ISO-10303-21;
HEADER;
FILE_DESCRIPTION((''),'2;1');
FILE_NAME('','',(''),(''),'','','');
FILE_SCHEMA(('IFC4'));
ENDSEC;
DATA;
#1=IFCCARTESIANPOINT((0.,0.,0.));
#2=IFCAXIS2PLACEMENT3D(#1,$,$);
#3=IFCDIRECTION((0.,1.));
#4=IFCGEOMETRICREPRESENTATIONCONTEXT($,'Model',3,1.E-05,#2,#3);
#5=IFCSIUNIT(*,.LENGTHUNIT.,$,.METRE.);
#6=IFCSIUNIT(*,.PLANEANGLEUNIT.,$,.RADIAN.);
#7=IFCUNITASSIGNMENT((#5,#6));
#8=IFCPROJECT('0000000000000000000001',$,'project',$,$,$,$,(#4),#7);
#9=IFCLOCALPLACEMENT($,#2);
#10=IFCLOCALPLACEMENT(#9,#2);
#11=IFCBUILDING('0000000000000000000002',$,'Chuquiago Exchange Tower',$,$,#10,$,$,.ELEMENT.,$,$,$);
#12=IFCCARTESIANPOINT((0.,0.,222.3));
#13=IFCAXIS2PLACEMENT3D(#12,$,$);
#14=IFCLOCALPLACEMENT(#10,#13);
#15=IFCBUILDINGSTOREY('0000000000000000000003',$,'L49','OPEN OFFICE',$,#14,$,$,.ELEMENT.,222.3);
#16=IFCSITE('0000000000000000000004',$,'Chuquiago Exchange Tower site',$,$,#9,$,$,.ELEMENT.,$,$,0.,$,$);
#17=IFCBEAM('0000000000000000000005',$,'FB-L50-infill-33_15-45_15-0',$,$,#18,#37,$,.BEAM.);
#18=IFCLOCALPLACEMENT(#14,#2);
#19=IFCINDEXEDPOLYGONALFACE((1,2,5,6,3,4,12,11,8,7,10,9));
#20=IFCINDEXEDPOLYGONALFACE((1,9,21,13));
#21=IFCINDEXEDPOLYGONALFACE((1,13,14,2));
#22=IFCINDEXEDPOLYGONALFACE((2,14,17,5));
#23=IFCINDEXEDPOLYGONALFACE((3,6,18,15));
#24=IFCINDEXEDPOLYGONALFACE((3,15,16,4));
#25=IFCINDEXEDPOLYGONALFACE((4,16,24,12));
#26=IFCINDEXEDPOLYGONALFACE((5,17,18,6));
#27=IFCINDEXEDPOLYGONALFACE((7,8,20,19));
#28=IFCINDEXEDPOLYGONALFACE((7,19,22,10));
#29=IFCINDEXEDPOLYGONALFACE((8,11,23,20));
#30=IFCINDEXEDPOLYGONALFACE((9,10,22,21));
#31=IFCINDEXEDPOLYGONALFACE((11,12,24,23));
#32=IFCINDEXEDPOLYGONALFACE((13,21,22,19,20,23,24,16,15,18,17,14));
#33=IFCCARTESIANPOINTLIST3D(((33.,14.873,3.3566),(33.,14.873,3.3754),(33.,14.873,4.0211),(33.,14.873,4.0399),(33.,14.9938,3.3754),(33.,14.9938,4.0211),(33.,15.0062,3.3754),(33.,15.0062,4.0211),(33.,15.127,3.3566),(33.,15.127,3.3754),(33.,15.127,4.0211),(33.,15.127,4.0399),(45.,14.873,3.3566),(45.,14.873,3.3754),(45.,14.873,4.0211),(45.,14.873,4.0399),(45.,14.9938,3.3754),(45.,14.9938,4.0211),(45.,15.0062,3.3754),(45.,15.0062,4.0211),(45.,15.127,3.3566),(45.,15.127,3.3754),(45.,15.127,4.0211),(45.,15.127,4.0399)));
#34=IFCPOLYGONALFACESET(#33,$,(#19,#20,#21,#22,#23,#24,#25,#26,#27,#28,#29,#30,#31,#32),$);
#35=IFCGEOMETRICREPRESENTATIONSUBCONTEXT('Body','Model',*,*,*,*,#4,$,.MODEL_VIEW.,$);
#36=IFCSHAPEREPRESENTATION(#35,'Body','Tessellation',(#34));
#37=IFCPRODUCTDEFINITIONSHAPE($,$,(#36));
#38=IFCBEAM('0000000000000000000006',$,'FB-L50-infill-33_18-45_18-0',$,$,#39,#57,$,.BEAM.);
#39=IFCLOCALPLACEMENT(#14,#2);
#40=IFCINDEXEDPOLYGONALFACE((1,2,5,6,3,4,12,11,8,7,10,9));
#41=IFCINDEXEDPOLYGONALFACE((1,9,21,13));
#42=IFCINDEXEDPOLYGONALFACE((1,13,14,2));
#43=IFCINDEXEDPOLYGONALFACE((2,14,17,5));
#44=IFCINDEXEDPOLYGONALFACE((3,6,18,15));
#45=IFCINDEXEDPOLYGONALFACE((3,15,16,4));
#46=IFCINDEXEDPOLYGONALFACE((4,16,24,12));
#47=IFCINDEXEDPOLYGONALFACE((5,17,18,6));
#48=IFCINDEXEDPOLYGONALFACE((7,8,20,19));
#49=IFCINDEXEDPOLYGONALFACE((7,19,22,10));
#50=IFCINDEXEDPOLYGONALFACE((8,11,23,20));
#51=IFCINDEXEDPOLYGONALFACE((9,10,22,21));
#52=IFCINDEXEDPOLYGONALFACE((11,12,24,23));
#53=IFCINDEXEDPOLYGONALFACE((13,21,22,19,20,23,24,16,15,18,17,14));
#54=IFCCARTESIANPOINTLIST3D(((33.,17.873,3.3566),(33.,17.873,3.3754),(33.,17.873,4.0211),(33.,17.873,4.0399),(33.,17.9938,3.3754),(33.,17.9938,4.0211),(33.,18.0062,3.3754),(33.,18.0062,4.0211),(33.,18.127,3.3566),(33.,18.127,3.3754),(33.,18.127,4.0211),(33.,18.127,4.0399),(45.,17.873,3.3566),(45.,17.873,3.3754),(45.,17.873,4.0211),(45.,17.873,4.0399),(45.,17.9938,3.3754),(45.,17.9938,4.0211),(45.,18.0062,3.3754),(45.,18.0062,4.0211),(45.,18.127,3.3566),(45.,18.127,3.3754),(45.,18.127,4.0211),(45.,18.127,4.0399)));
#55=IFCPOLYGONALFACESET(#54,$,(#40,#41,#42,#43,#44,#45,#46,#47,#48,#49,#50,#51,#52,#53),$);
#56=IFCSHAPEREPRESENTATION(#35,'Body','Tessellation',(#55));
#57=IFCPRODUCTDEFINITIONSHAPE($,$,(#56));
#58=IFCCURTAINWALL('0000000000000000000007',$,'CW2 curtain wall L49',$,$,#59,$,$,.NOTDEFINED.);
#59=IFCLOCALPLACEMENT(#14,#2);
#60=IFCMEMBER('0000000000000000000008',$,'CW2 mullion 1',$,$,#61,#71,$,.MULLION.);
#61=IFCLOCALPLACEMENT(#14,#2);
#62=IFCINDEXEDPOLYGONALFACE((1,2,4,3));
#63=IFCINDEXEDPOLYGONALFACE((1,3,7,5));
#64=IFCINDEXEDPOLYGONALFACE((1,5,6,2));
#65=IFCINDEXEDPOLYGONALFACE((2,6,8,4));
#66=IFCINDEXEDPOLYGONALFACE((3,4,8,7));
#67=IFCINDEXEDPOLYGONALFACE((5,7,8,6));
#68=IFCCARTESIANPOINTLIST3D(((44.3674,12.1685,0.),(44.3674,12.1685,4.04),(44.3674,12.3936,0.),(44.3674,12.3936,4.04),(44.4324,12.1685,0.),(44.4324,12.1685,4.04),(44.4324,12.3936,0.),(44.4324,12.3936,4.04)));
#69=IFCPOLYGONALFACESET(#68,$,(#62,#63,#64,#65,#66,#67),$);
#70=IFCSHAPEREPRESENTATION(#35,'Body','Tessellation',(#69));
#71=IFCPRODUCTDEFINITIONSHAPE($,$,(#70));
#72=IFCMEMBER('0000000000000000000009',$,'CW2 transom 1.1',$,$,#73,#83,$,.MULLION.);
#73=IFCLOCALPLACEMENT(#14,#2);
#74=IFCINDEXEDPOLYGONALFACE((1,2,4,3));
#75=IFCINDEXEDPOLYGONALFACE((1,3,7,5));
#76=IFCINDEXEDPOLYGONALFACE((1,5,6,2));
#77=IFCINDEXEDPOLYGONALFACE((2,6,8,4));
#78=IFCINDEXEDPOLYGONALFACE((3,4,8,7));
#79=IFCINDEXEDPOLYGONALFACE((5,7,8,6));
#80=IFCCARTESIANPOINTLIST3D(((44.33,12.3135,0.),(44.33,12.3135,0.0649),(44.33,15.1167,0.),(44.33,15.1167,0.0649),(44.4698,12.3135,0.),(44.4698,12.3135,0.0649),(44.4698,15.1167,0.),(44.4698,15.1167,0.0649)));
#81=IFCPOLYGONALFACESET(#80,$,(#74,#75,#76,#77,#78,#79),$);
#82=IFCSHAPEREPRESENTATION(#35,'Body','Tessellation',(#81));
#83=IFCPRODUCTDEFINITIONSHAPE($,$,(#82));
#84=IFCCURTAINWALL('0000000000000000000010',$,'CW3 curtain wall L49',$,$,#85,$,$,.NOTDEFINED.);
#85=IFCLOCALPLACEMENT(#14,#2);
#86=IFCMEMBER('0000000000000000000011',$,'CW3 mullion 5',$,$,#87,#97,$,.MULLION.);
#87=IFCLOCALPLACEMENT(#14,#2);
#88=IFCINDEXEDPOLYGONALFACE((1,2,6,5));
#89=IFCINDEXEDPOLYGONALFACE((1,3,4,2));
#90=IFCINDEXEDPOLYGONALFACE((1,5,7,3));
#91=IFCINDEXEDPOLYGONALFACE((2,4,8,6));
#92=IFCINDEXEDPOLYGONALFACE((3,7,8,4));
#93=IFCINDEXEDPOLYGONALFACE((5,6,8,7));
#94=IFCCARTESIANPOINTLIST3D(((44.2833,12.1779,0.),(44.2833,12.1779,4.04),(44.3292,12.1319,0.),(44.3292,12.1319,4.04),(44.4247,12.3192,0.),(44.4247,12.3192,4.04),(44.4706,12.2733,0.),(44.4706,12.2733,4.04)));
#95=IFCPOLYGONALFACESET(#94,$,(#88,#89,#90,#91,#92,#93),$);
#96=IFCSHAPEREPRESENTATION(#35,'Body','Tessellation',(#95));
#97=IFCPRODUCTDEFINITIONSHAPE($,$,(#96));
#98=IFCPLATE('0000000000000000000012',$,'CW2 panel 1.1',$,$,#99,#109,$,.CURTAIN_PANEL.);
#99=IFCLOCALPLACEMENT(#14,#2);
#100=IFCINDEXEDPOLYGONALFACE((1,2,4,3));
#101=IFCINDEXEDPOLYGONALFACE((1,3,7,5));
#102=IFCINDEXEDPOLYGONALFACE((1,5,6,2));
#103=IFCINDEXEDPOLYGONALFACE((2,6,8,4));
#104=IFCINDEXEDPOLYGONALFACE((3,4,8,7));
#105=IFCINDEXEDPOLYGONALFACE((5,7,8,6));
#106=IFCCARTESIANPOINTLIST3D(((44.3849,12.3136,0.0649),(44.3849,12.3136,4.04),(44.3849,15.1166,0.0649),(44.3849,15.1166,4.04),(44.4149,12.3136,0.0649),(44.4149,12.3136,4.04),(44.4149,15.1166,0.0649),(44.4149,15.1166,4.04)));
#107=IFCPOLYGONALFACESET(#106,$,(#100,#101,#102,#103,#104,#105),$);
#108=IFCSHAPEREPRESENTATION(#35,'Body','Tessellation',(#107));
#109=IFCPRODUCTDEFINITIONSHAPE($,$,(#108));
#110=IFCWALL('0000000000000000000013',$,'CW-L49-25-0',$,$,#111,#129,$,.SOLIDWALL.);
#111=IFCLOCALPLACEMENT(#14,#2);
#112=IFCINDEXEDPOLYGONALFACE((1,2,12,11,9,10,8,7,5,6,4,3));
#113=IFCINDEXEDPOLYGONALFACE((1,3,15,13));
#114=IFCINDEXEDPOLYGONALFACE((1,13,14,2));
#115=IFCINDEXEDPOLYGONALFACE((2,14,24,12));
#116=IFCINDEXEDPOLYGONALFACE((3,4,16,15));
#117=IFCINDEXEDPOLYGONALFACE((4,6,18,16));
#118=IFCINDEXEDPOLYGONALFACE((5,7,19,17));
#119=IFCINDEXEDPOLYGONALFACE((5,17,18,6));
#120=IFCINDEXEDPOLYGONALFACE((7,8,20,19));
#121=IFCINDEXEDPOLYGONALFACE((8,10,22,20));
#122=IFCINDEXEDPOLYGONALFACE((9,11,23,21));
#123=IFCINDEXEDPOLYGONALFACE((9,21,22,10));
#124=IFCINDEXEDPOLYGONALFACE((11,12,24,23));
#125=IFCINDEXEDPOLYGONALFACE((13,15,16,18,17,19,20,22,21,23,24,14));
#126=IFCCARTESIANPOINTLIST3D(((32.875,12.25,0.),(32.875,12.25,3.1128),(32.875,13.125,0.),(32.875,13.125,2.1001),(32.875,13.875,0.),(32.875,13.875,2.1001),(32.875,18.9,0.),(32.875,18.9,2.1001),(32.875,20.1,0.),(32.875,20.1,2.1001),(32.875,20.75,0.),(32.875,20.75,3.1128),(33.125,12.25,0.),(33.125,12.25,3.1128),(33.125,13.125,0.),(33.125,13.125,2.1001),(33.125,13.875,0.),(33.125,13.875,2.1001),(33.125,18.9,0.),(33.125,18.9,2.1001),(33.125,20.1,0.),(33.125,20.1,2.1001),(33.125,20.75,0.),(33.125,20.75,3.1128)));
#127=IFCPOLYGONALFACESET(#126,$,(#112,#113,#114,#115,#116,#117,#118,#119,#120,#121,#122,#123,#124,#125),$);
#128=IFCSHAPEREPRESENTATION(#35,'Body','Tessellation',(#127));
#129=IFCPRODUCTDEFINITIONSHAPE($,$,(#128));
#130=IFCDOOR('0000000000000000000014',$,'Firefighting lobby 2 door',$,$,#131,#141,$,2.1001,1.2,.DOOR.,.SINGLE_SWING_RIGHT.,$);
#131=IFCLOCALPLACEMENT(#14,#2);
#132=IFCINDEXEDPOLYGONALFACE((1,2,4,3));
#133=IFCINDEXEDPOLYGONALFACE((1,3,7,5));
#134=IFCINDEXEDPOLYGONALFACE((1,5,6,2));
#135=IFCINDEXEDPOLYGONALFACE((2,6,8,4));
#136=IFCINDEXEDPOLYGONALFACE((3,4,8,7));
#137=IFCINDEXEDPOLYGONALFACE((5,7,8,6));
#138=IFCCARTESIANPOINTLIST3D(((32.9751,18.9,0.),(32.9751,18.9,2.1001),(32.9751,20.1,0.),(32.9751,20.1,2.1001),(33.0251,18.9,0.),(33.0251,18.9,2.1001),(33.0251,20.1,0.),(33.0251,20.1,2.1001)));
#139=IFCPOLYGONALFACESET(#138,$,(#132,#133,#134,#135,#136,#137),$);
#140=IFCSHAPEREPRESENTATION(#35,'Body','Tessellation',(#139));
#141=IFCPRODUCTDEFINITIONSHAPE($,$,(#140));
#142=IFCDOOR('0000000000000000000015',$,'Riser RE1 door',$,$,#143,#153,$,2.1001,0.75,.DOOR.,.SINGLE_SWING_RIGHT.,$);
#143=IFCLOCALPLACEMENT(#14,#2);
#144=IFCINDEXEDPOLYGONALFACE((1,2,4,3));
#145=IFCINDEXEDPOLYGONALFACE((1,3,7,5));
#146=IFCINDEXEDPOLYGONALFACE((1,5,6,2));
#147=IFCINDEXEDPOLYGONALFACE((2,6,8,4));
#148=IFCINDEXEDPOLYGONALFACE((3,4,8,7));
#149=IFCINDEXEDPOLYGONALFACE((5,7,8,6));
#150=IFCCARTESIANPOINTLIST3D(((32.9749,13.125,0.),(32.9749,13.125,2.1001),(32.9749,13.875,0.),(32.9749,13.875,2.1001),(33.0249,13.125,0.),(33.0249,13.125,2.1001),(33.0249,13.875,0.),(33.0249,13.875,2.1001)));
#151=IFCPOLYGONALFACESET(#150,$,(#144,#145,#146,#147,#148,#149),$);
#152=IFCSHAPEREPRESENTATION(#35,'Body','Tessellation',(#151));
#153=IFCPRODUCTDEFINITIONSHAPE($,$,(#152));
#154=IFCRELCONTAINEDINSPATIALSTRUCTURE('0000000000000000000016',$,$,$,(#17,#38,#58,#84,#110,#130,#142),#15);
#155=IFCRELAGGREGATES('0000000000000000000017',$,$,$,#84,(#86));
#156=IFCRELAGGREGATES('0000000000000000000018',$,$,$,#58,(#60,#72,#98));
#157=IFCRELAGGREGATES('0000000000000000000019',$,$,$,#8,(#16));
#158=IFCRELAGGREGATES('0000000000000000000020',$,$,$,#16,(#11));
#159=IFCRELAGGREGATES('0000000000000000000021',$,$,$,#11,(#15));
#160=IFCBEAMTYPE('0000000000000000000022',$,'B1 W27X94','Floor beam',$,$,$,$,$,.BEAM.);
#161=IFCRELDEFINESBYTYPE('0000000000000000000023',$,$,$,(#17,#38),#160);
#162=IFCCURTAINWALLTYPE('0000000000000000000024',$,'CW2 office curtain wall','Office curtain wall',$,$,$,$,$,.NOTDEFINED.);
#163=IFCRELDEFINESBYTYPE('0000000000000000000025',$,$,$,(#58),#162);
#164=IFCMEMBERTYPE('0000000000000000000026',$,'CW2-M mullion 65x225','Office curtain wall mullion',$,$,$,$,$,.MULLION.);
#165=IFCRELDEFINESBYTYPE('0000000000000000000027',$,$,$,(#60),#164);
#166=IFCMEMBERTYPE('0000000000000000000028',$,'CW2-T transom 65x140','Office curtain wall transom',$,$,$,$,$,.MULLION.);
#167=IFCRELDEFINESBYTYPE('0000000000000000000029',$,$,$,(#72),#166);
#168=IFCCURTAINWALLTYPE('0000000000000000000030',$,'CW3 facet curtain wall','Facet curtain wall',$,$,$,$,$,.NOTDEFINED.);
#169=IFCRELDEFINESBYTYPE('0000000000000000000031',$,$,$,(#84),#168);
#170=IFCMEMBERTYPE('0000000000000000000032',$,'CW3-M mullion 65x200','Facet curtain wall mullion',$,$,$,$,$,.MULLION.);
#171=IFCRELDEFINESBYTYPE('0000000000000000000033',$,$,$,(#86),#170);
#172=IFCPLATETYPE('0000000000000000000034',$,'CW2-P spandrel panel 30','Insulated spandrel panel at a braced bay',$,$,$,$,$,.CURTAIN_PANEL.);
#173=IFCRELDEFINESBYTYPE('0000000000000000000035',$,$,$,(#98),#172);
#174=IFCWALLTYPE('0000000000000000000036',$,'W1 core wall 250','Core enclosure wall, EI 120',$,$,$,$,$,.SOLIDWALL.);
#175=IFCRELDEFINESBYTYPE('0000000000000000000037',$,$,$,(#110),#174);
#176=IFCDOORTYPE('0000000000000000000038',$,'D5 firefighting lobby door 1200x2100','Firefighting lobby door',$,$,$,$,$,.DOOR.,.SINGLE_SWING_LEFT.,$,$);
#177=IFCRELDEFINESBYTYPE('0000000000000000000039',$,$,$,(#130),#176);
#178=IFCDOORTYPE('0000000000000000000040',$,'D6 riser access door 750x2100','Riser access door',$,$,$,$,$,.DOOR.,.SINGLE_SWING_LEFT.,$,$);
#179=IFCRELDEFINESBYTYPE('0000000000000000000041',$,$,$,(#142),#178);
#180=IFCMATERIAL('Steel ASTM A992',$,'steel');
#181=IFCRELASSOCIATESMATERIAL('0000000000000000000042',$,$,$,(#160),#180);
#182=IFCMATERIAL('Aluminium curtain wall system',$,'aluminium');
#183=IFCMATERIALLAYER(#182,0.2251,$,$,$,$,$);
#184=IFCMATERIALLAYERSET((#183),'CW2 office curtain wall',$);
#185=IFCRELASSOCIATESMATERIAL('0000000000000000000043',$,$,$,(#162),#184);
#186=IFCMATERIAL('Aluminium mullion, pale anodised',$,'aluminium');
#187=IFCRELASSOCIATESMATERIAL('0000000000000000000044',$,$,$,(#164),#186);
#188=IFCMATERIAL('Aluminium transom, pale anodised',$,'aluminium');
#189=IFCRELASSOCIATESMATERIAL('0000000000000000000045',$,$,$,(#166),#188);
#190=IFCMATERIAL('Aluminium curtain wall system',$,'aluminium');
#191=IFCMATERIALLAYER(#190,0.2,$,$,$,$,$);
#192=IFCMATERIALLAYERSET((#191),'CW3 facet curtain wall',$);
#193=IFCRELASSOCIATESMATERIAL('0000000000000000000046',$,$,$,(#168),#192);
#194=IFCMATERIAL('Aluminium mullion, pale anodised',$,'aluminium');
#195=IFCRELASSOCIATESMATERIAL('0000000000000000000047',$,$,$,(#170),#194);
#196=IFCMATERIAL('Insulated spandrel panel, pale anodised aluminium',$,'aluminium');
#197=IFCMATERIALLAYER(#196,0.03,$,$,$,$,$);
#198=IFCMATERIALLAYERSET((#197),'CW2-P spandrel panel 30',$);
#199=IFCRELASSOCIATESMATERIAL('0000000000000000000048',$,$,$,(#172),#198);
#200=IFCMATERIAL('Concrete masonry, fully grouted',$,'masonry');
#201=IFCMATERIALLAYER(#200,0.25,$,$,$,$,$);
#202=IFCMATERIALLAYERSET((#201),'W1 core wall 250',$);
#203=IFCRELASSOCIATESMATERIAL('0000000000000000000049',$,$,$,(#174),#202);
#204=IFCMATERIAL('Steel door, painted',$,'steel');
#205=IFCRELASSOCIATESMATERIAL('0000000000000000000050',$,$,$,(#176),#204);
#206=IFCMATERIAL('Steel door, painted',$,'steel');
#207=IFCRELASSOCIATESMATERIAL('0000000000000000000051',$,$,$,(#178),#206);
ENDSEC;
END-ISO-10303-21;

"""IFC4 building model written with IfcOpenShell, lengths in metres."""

from ifc_helpers import new_model, si_unit, direction, frame, frame_2d, origin, origin_2d, place, context, subcontext, project, spatial, rectangle, i_section, extrude, material, layer, layer_set, material_profile, profile_set, type_object, element, fill, aggregate, save


model = new_model("IFC4")

# Units and contexts
model_context = context("Model", 3, precision=1e-05, world=origin(), true_north=direction((0.0, 1.0)))
body_context = subcontext(model_context, "Body", "Model", "MODEL_VIEW")
ifc_project = project(units=[si_unit("LENGTHUNIT", "METRE"), si_unit("PLANEANGLEUNIT", "RADIAN")], contexts=[model_context])

# Site, building, storey
site_placement = place(None, origin())
site = spatial("IfcSite", under=ifc_project, at=site_placement, Name="Chuquiago Exchange Tower site", CompositionType="ELEMENT", RefElevation=0.0)
building_placement = place(site_placement, origin())
building = spatial("IfcBuilding", under=site, at=building_placement, Name="Chuquiago Exchange Tower", CompositionType="ELEMENT")
storey_placement = place(building_placement, frame((0.0, 0.0, 222.3)))
storey = spatial("IfcBuildingStorey", under=building, at=storey_placement, Name="L49", Description="OPEN OFFICE", CompositionType="ELEMENT", Elevation=222.3)

# Beams
ifc_material_1 = material(Name="Steel ASTM A992", Category="steel")
ifc_material_profile_1 = material_profile(ifc_material_1, i_section(OverallWidth=0.2539, OverallDepth=0.6833, WebThickness=0.0125, FlangeThickness=0.0188, at=origin_2d()), Name="W27X94")
ifc_profile_set_1 = profile_set([ifc_material_profile_1], Name="Steel ASTM A992")
beam_type = type_object("IfcBeamType", Name="B1 W27X94", Description="Floor beam", PredefinedType="BEAM", material=ifc_profile_set_1)
for number, where, z_axis, x_axis, name in (
    (1, (33.0, 15.0, 3.6982), (1.0, 0.0, 0.0), (0.0, 1.0, 0.0), "FB-L50-infill-33_15-45_15-0"),
    (2, (33.0, 18.0, 3.6982), (1.0, 0.0, 0.0), (0.0, 1.0, 0.0), "FB-L50-infill-33_18-45_18-0"),
):
    element("IfcBeam", number, at=place(storey_placement, frame(where, z_axis=z_axis, x_axis=x_axis)), inside=storey, type_object=beam_type, Name=name, PredefinedType="BEAM", context=body_context, shape_type="SweptSolid", body=[
        extrude(i_section(OverallWidth=0.2539, OverallDepth=0.6833, WebThickness=0.0125, FlangeThickness=0.0188, at=origin_2d()), origin(), (0.0, 0.0, 1.0), 12.0),
    ])

# Curtain wall, members
ifc_material_2 = material(Name="Aluminium curtain wall system", Category="aluminium")
ifc_layer_1 = layer(ifc_material_2, 0.2251)
ifc_layer_set_1 = layer_set([ifc_layer_1], Name="CW2 office curtain wall")
curtain_wall_type_1 = type_object("IfcCurtainWallType", Name="CW2 office curtain wall", Description="Office curtain wall", PredefinedType="NOTDEFINED", material=ifc_layer_set_1)
curtain_wall_1_placement = place(storey_placement, origin())
curtain_wall_1 = element("IfcCurtainWall", 3, at=curtain_wall_1_placement, inside=storey, type_object=curtain_wall_type_1, Name="CW2 curtain wall L49", PredefinedType="NOTDEFINED")
ifc_material_3 = material(Name="Aluminium mullion, pale anodised", Category="aluminium")
ifc_material_profile_2 = material_profile(ifc_material_3, rectangle(XDim=0.0649, YDim=0.2251, at=origin_2d()), Name="AL 65x225")
ifc_profile_set_2 = profile_set([ifc_material_profile_2], Name="Aluminium mullion, pale anodised")
member_type_1 = type_object("IfcMemberType", Name="CW2-M mullion 65x225", Description="Office curtain wall mullion", PredefinedType="MULLION", material=ifc_profile_set_2)
member_1_placement = place(storey_placement, frame((44.3999, 12.281, 0.0), z_axis=(0.0, 0.0, 1.0), x_axis=(-1.0, 0.0, 0.0)))
member_1 = element("IfcMember", 4, at=member_1_placement, type_object=member_type_1, Name="CW2 mullion 1", PredefinedType="MULLION", context=body_context, shape_type="SweptSolid", body=[
    extrude(rectangle(XDim=0.0649, YDim=0.2251, at=origin_2d()), origin(), (0.0, 0.0, 1.0), 4.04),
])
ifc_material_4 = material(Name="Aluminium transom, pale anodised", Category="aluminium")
ifc_material_profile_3 = material_profile(ifc_material_4, rectangle(XDim=0.1399, YDim=0.0649, at=origin_2d()), Name="AL 140x65")
ifc_profile_set_3 = profile_set([ifc_material_profile_3], Name="Aluminium transom, pale anodised")
member_type_2 = type_object("IfcMemberType", Name="CW2-T transom 65x140", Description="Office curtain wall transom", PredefinedType="MULLION", material=ifc_profile_set_3)
member_2_placement = place(storey_placement, frame((44.3999, 12.3135, 0.0325), z_axis=(0.0, 1.0, 0.0), x_axis=(-1.0, 0.0, 0.0)))
member_2 = element("IfcMember", 5, at=member_2_placement, type_object=member_type_2, Name="CW2 transom 1.1", PredefinedType="MULLION", context=body_context, shape_type="SweptSolid", body=[
    extrude(rectangle(XDim=0.1399, YDim=0.0649, at=origin_2d()), origin(), (0.0, 0.0, 1.0), 2.8032),
])

# Curtain wall, member
ifc_material_5 = material(Name="Aluminium curtain wall system", Category="aluminium")
ifc_layer_2 = layer(ifc_material_5, 0.2)
ifc_layer_set_2 = layer_set([ifc_layer_2], Name="CW3 facet curtain wall")
curtain_wall_type_2 = type_object("IfcCurtainWallType", Name="CW3 facet curtain wall", Description="Facet curtain wall", PredefinedType="NOTDEFINED", material=ifc_layer_set_2)
curtain_wall_2_placement = place(storey_placement, origin())
curtain_wall_2 = element("IfcCurtainWall", 6, at=curtain_wall_2_placement, inside=storey, type_object=curtain_wall_type_2, Name="CW3 curtain wall L49", PredefinedType="NOTDEFINED")
ifc_material_6 = material(Name="Aluminium mullion, pale anodised", Category="aluminium")
ifc_material_profile_4 = material_profile(ifc_material_6, rectangle(XDim=0.0649, YDim=0.2, at=origin_2d()), Name="AL 65x200")
ifc_profile_set_4 = profile_set([ifc_material_profile_4], Name="Aluminium mullion, pale anodised")
member_type_3 = type_object("IfcMemberType", Name="CW3-M mullion 65x200", Description="Facet curtain wall mullion", PredefinedType="MULLION", material=ifc_profile_set_4)
member_3_placement = place(storey_placement, frame((44.377, 12.2256, 0.0), z_axis=(0.0, 0.0, 1.0), x_axis=(-0.707107, 0.707107, 0.0)))
member_3 = element("IfcMember", 7, at=member_3_placement, type_object=member_type_3, Name="CW3 mullion 5", PredefinedType="MULLION", context=body_context, shape_type="SweptSolid", body=[
    extrude(rectangle(XDim=0.0649, YDim=0.2, at=origin_2d()), origin(), (0.0, 0.0, 1.0), 4.04),
])
aggregate(curtain_wall_2, [member_3])

# Plate
ifc_material_7 = material(Name="Insulated spandrel panel, pale anodised aluminium", Category="aluminium")
ifc_layer_3 = layer(ifc_material_7, 0.03)
ifc_layer_set_3 = layer_set([ifc_layer_3], Name="CW2-P spandrel panel 30")
plate_type = type_object("IfcPlateType", Name="CW2-P spandrel panel 30", Description="Insulated spandrel panel at a braced bay", PredefinedType="CURTAIN_PANEL", material=ifc_layer_set_3)
plate_placement = place(storey_placement, frame((44.3999, 13.7151, 0.0649), z_axis=(0.0, 0.0, 1.0), x_axis=(0.0, 1.0, 0.0)))
plate = element("IfcPlate", 8, at=plate_placement, type_object=plate_type, Name="CW2 panel 1.1", PredefinedType="CURTAIN_PANEL", context=body_context, shape_type="SweptSolid", body=[
    extrude(rectangle(XDim=2.803, YDim=0.03, at=origin_2d()), origin(), (0.0, 0.0, 1.0), 3.9751),
])
aggregate(curtain_wall_1, [member_1, member_2, plate])

# Wall, openings, doors
ifc_material_8 = material(Name="Concrete masonry, fully grouted", Category="masonry")
ifc_layer_4 = layer(ifc_material_8, 0.25)
ifc_layer_set_4 = layer_set([ifc_layer_4], Name="W1 core wall 250")
wall_type_1 = type_object("IfcWallType", Name="W1 core wall 250", Description="Core enclosure wall, EI 120", PredefinedType="SOLIDWALL", material=ifc_layer_set_4)
wall_1_placement = place(storey_placement, frame((33.0, 12.25, 0.0), z_axis=(0.0, 0.0, 1.0), x_axis=(0.0, 1.0, 0.0)))
wall_1 = element("IfcWall", 9, at=wall_1_placement, inside=storey, type_object=wall_type_1, Name="CW-L49-25-0", PredefinedType="SOLIDWALL", context=body_context, shape_type="SweptSolid", body=[
    extrude(rectangle(XDim=8.5, YDim=0.25, at=frame_2d((4.25, 0.0))), origin(), (0.0, 0.0, 1.0), 3.1128),
])
opening_1_placement = place(wall_1_placement, frame((6.6499, 0.0, 0.0)))
opening_1 = element("IfcOpeningElement", 10, at=opening_1_placement, cuts=wall_1, PredefinedType="OPENING", context=body_context, shape_type="SweptSolid", body=[
    extrude(rectangle(XDim=1.2, YDim=2.1001, at=frame_2d((0.6001, 1.05))), frame((0.0, 0.135, 0.0), z_axis=(0.0, -1.0, 0.0), x_axis=(1.0, 0.0, 0.0)), (0.0, 0.0, 1.0), 0.27),
])
opening_2_placement = place(wall_1_placement, frame((0.875, 0.0, 0.0)))
opening_2 = element("IfcOpeningElement", 11, at=opening_2_placement, cuts=wall_1, PredefinedType="OPENING", context=body_context, shape_type="SweptSolid", body=[
    extrude(rectangle(XDim=0.75, YDim=2.1001, at=frame_2d((0.375, 1.05))), frame((0.0, 0.135, 0.0), z_axis=(0.0, -1.0, 0.0), x_axis=(1.0, 0.0, 0.0)), (0.0, 0.0, 1.0), 0.27),
])
ifc_material_9 = material(Name="Steel door, painted", Category="steel")
door_type_1 = type_object("IfcDoorType", Name="D5 firefighting lobby door 1200x2100", Description="Firefighting lobby door", OperationType="SINGLE_SWING_LEFT", PredefinedType="DOOR", material=ifc_material_9)
door_1_placement = place(opening_1_placement, origin())
door_1 = element("IfcDoor", 12, at=door_1_placement, inside=storey, type_object=door_type_1, Name="Firefighting lobby 2 door", OperationType="SINGLE_SWING_RIGHT", OverallHeight=2.1001, OverallWidth=1.2, PredefinedType="DOOR", context=body_context, shape_type="SweptSolid", body=[
    extrude(rectangle(XDim=1.2, YDim=2.1001, at=frame_2d((0.6001, 1.05))), frame((0.0, 0.0249, 0.0), z_axis=(0.0, -1.0, 0.0), x_axis=(1.0, 0.0, 0.0)), (0.0, 0.0, 1.0), 0.05),
])
fill(opening_1, door_1)
ifc_material_10 = material(Name="Steel door, painted", Category="steel")
door_type_2 = type_object("IfcDoorType", Name="D6 riser access door 750x2100", Description="Riser access door", OperationType="SINGLE_SWING_LEFT", PredefinedType="DOOR", material=ifc_material_10)
door_2_placement = place(opening_2_placement, frame((0.75, 0.0, 0.0), z_axis=(0.0, 0.0, 1.0), x_axis=(-1.0, 0.0, 0.0)))
door_2 = element("IfcDoor", 13, at=door_2_placement, inside=storey, type_object=door_type_2, Name="Riser RE1 door", OperationType="SINGLE_SWING_RIGHT", OverallHeight=2.1001, OverallWidth=0.75, PredefinedType="DOOR", context=body_context, shape_type="SweptSolid", body=[
    extrude(rectangle(XDim=0.75, YDim=2.1001, at=frame_2d((0.375, 1.05))), frame((0.0, 0.0249, 0.0), z_axis=(0.0, -1.0, 0.0), x_axis=(1.0, 0.0, 0.0)), (0.0, 0.0, 1.0), 0.05),
])
fill(opening_2, door_2)

save(model, "model.ifc")
